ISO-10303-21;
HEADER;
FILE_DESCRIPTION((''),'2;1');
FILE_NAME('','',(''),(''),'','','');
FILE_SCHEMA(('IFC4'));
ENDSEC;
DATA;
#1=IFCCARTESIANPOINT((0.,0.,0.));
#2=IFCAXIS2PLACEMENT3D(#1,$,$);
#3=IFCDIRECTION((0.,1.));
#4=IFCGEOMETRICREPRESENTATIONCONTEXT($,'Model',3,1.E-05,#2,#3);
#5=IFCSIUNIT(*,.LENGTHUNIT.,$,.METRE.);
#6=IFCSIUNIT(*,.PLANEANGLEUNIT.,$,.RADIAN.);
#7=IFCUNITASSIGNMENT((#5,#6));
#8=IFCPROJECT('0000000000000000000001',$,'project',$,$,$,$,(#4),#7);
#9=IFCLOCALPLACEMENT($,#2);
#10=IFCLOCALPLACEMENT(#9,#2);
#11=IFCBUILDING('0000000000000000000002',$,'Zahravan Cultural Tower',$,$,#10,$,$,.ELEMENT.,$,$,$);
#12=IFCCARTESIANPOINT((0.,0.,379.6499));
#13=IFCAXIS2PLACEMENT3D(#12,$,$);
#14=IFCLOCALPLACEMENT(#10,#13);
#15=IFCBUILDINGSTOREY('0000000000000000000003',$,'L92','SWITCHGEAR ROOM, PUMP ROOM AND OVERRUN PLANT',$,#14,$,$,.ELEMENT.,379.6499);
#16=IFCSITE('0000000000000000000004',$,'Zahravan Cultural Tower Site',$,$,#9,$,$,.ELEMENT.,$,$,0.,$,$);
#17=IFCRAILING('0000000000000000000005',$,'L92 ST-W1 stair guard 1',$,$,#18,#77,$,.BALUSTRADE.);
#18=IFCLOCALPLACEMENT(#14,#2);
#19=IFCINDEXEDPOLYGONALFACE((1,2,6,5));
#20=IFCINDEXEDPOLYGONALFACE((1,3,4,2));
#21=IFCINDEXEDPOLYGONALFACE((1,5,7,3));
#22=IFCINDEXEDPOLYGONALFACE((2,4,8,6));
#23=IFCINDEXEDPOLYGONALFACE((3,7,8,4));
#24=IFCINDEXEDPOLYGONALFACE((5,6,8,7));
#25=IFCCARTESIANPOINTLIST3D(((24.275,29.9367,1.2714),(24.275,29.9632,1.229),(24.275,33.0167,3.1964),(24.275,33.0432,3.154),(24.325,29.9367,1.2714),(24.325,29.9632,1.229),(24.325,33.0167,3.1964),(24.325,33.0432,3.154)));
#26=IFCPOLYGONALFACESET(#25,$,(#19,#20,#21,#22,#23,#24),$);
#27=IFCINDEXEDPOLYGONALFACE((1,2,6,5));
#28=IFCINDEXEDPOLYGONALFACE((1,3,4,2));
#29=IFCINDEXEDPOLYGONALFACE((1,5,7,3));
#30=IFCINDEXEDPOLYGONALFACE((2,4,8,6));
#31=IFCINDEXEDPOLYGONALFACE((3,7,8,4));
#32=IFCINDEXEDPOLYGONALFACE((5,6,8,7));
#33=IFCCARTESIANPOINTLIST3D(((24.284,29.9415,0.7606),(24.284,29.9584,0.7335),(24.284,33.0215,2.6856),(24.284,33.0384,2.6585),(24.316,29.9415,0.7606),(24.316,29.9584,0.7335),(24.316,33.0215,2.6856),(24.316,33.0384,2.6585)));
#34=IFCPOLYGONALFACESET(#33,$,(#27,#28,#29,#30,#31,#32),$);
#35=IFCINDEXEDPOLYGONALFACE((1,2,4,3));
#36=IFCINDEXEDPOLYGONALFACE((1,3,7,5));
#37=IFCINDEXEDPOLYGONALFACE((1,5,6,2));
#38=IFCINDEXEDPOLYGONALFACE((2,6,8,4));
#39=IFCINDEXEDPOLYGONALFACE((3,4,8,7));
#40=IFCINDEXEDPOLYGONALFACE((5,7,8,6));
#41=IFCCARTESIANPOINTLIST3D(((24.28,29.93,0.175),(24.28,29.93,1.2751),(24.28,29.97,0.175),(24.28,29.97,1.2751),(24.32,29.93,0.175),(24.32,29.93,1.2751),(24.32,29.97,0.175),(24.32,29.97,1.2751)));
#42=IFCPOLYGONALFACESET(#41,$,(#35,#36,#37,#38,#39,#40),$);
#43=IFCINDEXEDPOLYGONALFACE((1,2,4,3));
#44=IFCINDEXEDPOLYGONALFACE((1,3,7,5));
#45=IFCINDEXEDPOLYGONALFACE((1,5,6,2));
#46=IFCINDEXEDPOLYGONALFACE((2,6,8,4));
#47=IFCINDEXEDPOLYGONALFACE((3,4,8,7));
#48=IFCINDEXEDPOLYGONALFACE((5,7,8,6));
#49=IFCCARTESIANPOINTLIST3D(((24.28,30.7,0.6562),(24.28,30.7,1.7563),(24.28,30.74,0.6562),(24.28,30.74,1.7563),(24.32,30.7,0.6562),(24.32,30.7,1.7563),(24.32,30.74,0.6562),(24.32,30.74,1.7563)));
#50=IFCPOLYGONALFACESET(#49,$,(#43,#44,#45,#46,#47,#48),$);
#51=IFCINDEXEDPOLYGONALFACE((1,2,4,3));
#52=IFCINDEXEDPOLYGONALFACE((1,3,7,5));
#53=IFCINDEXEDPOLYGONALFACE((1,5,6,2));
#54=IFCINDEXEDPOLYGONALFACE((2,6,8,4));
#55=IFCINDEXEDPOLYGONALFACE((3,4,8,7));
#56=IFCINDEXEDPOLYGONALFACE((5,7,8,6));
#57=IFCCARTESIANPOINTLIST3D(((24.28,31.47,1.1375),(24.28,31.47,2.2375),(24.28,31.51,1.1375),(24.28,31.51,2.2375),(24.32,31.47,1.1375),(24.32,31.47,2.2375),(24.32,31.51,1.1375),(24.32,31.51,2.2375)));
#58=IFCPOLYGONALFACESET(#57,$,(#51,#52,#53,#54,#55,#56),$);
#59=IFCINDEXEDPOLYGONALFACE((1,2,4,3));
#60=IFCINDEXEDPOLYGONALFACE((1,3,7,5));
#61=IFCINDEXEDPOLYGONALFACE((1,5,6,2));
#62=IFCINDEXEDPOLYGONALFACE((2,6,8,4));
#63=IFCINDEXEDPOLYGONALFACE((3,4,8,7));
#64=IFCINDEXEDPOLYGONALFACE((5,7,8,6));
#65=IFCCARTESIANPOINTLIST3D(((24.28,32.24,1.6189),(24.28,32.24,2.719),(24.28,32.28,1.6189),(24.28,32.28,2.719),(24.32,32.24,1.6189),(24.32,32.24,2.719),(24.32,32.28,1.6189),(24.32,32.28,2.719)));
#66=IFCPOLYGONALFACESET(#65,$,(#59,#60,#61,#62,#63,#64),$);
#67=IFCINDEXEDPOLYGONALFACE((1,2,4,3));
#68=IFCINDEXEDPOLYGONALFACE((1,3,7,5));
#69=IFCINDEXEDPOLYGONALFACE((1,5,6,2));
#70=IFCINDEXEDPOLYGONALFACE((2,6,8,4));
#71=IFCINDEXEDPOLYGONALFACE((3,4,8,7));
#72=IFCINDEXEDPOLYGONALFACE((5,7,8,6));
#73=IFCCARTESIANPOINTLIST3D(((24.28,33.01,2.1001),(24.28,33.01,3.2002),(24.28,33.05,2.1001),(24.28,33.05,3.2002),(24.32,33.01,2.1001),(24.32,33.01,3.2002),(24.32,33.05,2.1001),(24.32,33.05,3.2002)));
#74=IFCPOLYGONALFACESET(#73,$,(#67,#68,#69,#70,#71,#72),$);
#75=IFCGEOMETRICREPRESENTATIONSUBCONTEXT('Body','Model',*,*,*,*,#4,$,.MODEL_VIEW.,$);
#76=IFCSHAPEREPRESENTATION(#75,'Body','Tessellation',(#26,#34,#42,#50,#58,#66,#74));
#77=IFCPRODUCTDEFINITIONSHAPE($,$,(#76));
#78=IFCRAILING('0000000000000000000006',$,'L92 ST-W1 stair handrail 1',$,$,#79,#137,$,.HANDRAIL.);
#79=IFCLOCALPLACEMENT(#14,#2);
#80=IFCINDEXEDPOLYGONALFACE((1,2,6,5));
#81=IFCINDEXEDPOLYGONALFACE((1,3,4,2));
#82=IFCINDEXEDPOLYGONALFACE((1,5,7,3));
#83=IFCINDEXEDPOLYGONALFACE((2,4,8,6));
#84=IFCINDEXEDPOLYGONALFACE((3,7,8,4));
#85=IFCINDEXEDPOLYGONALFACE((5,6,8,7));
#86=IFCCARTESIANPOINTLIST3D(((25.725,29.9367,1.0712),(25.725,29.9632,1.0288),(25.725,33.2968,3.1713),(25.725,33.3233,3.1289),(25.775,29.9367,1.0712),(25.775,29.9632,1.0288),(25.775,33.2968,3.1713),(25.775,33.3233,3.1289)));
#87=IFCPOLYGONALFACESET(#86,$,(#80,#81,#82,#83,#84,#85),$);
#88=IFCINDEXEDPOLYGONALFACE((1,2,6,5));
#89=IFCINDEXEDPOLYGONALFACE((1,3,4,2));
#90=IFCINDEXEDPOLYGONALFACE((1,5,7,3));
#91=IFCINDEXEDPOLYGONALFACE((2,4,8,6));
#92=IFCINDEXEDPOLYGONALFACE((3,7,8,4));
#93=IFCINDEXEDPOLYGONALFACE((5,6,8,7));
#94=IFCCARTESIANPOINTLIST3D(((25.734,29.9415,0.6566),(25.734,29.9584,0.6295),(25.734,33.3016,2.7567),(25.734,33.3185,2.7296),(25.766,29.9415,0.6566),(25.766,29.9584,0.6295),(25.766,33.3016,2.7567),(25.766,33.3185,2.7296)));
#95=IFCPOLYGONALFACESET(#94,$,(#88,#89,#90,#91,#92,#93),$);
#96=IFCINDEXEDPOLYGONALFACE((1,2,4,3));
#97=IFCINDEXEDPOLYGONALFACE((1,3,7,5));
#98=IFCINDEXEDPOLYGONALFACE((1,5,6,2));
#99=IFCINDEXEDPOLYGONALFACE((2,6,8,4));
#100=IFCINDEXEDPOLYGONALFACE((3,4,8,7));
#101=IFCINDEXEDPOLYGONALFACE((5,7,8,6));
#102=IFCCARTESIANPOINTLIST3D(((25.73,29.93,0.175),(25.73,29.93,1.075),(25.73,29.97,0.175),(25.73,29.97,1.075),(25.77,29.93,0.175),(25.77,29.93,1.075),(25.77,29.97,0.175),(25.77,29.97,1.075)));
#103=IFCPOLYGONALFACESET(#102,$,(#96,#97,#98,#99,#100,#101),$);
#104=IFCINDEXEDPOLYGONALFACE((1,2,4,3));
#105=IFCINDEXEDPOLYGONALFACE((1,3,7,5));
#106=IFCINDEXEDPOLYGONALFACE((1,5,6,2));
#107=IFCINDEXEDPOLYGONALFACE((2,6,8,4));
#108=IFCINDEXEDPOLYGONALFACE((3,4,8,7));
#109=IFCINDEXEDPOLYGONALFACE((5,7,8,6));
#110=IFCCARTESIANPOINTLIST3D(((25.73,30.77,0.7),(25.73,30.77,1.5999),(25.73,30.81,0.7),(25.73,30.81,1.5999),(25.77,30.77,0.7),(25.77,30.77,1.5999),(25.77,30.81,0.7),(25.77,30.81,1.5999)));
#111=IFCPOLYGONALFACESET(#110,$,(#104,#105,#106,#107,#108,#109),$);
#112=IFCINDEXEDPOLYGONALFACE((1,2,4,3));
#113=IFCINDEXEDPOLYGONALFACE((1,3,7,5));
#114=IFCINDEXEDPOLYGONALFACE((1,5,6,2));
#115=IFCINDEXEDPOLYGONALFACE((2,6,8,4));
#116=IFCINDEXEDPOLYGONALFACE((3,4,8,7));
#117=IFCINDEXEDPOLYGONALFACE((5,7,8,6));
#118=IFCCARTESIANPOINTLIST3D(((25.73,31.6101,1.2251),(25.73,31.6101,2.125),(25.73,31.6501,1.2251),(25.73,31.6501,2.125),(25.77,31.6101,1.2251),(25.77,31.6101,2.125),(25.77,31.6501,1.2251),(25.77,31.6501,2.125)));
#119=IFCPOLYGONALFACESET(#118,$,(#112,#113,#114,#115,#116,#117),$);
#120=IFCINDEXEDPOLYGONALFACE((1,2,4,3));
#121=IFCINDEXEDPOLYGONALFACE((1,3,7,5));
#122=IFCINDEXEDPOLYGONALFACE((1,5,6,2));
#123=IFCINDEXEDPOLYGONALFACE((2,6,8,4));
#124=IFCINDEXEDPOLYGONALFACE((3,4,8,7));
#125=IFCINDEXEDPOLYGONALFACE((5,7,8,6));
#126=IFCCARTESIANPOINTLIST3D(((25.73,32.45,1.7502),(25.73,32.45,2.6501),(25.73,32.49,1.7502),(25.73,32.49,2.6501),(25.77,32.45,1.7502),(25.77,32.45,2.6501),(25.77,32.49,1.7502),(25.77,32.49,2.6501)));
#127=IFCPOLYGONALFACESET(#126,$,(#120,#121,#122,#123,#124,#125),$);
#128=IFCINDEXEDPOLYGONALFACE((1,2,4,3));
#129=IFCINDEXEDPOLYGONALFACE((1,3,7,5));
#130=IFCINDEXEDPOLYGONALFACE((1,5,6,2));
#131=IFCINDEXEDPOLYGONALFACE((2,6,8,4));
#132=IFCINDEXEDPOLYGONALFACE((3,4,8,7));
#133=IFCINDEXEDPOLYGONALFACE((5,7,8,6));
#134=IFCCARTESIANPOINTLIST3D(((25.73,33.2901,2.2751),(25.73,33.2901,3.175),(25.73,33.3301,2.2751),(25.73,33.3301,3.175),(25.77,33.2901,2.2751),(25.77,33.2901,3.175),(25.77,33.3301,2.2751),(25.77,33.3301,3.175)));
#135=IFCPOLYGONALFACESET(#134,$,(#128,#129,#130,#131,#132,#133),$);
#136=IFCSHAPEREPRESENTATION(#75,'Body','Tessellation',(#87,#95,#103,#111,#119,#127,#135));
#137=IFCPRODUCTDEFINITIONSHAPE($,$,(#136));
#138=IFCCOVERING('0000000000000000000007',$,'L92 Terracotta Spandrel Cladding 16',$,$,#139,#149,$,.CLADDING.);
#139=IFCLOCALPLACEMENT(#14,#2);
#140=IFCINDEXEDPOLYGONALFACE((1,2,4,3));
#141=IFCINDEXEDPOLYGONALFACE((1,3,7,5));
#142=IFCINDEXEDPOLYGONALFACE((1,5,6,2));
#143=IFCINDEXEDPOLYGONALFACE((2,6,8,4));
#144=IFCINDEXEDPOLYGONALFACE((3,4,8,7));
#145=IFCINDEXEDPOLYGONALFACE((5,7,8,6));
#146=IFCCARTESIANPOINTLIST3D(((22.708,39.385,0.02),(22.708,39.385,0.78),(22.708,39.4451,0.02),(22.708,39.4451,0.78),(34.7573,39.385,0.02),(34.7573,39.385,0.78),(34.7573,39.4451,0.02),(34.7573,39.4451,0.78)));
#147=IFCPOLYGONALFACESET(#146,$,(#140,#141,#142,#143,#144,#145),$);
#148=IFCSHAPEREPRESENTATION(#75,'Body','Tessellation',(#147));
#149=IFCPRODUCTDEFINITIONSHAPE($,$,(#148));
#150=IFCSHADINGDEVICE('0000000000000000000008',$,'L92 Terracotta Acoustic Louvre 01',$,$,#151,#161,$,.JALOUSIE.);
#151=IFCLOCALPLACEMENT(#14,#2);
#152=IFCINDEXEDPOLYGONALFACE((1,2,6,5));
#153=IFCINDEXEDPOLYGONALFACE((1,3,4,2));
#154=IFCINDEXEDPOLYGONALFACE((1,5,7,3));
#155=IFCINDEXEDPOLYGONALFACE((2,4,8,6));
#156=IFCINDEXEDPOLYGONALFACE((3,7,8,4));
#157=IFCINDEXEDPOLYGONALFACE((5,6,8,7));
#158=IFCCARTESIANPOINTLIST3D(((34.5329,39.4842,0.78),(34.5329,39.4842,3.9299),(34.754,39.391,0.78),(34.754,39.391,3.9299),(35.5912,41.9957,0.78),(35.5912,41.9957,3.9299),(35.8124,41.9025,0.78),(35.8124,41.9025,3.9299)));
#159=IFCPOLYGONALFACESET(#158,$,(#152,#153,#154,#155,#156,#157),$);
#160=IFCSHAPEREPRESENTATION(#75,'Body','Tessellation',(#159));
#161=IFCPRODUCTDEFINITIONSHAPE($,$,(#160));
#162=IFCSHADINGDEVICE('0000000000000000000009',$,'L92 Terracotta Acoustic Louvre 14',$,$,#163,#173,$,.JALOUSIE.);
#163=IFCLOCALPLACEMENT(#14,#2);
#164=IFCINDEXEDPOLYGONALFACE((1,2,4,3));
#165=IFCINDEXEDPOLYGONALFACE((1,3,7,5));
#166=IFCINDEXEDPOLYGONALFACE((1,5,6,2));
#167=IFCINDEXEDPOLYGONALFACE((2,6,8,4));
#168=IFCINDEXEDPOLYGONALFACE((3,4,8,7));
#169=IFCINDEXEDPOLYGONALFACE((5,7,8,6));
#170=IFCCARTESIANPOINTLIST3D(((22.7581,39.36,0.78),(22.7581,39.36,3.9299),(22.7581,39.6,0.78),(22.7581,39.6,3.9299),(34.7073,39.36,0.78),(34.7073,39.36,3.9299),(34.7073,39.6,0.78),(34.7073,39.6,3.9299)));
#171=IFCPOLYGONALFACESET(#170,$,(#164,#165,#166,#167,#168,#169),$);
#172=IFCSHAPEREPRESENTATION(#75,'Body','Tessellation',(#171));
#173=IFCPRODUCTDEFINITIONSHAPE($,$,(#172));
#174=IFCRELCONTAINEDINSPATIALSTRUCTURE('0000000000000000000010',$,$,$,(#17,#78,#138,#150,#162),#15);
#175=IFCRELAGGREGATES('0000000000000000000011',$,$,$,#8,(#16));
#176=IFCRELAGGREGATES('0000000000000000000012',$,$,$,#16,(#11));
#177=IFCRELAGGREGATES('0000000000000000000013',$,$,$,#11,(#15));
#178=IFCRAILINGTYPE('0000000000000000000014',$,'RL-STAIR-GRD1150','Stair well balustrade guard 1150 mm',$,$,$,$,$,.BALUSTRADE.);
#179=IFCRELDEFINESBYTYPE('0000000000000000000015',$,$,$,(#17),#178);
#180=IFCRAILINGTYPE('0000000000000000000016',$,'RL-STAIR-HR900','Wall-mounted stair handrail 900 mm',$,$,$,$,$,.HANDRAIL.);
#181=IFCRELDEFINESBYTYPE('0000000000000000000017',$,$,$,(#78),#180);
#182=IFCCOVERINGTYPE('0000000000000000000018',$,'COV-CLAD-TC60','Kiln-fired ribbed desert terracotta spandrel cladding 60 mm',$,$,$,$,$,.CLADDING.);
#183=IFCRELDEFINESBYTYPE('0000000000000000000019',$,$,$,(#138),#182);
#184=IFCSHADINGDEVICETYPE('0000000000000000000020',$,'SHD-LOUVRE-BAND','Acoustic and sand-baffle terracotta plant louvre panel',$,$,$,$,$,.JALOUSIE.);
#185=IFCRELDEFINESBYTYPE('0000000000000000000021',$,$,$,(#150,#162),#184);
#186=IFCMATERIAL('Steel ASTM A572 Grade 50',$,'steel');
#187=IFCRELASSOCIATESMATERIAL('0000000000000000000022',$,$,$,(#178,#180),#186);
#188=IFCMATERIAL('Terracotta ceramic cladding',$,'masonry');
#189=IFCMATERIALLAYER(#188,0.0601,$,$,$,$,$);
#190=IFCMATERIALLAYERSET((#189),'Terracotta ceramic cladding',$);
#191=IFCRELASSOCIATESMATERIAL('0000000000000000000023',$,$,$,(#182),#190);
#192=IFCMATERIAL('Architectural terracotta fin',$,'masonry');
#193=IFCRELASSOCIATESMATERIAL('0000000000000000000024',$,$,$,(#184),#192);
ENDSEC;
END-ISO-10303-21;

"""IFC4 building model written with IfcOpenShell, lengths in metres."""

from ifc_helpers import new_model, si_unit, direction, frame, origin, origin_2d, place, context, subcontext, project, spatial, rectangle, extrude, source, transform, mapped, material, layer, layer_set, type_object, element, save


model = new_model("IFC4")

# Units and contexts
model_context = context("Model", 3, precision=1e-05, world=origin(), true_north=direction((0.0, 1.0)))
body_context = subcontext(model_context, "Body", "Model", "MODEL_VIEW")
ifc_project = project(units=[si_unit("LENGTHUNIT", "METRE"), si_unit("PLANEANGLEUNIT", "RADIAN")], contexts=[model_context])

# Site, building, storey
site_placement = place(None, origin())
site = spatial("IfcSite", under=ifc_project, at=site_placement, Name="Zahravan Cultural Tower Site", CompositionType="ELEMENT", RefElevation=0.0)
building_placement = place(site_placement, origin())
building = spatial("IfcBuilding", under=site, at=building_placement, Name="Zahravan Cultural Tower", CompositionType="ELEMENT")
storey_placement = place(building_placement, frame((0.0, 0.0, 379.6499)))
storey = spatial("IfcBuildingStorey", under=building, at=storey_placement, Name="L92", Description="SWITCHGEAR ROOM, PUMP ROOM AND OVERRUN PLANT", CompositionType="ELEMENT", Elevation=379.6499)

# Shared definitions
ifc_material_1 = material(Name="Steel ASTM A572 Grade 50", Category="steel")

# Railings
railing_type_1 = type_object("IfcRailingType", Name="RL-STAIR-GRD1150", Description="Stair well balustrade guard 1150 mm", PredefinedType="BALUSTRADE", material=ifc_material_1)
railing_1_placement = place(storey_placement, frame((24.3, 29.95, 0.175)))
element("IfcRailing", 1, at=railing_1_placement, inside=storey, type_object=railing_type_1, Name="L92 ST-W1 stair guard 1", PredefinedType="BALUSTRADE", context=body_context, shape_type="SweptSolid", body=[
    extrude(rectangle(XDim=0.05, YDim=0.05, at=origin_2d()), frame((0.0, 0.0, 1.0752), z_axis=(0.0, 0.847998, 0.529999), x_axis=(-1.0, 0.0, 0.0)), (0.0, 0.0, 1.0), 3.6321),
    extrude(rectangle(XDim=0.032, YDim=0.032, at=origin_2d()), frame((0.0, 0.0, 0.572), z_axis=(0.0, 0.847998, 0.529999), x_axis=(-1.0, 0.0, 0.0)), (0.0, 0.0, 1.0), 3.6321),
    extrude(rectangle(XDim=0.04, YDim=0.04, at=origin_2d()), origin(), (0.0, 0.0, 1.0), 1.1001),
    extrude(rectangle(XDim=0.04, YDim=0.04, at=origin_2d()), frame((0.0, 0.77, 0.4812)), (0.0, 0.0, 1.0), 1.1001),
    extrude(rectangle(XDim=0.04, YDim=0.04, at=origin_2d()), frame((0.0, 1.54, 0.9624)), (0.0, 0.0, 1.0), 1.1001),
    extrude(rectangle(XDim=0.04, YDim=0.04, at=origin_2d()), frame((0.0, 2.3101, 1.4438)), (0.0, 0.0, 1.0), 1.1001),
    extrude(rectangle(XDim=0.04, YDim=0.04, at=origin_2d()), frame((0.0, 3.0801, 1.925)), (0.0, 0.0, 1.0), 1.1001),
])
railing_type_2 = type_object("IfcRailingType", Name="RL-STAIR-HR900", Description="Wall-mounted stair handrail 900 mm", PredefinedType="HANDRAIL", material=ifc_material_1)
railing_2_placement = place(storey_placement, frame((25.75, 29.95, 0.175)))
element("IfcRailing", 2, at=railing_2_placement, inside=storey, type_object=railing_type_2, Name="L92 ST-W1 stair handrail 1", PredefinedType="HANDRAIL", context=body_context, shape_type="SweptSolid", body=[
    extrude(rectangle(XDim=0.05, YDim=0.05, at=origin_2d()), frame((0.0, 0.0, 0.875), z_axis=(0.0, 0.847995, 0.530004), x_axis=(-1.0, 0.0, 0.0)), (0.0, 0.0, 1.0), 3.9624),
    extrude(rectangle(XDim=0.032, YDim=0.032, at=origin_2d()), frame((0.0, 0.0, 0.468), z_axis=(0.0, 0.847995, 0.530004), x_axis=(-1.0, 0.0, 0.0)), (0.0, 0.0, 1.0), 3.9624),
    extrude(rectangle(XDim=0.04, YDim=0.04, at=origin_2d()), origin(), (0.0, 0.0, 1.0), 0.8999),
    extrude(rectangle(XDim=0.04, YDim=0.04, at=origin_2d()), frame((0.0, 0.8401, 0.5249)), (0.0, 0.0, 1.0), 0.8999),
    extrude(rectangle(XDim=0.04, YDim=0.04, at=origin_2d()), frame((0.0, 1.6802, 1.05)), (0.0, 0.0, 1.0), 0.8999),
    extrude(rectangle(XDim=0.04, YDim=0.04, at=origin_2d()), frame((0.0, 2.52, 1.5752)), (0.0, 0.0, 1.0), 0.8999),
    extrude(rectangle(XDim=0.04, YDim=0.04, at=origin_2d()), frame((0.0, 3.3601, 2.1001)), (0.0, 0.0, 1.0), 0.8999),
])

# Covering
ifc_material_2 = material(Name="Terracotta ceramic cladding", Category="masonry")
ifc_layer_1 = layer(ifc_material_2, 0.0601)
ifc_layer_set_1 = layer_set([ifc_layer_1], Name="Terracotta ceramic cladding")
covering_type = type_object("IfcCoveringType", Name="COV-CLAD-TC60", Description="Kiln-fired ribbed desert terracotta spandrel cladding 60 mm", PredefinedType="CLADDING", material=ifc_layer_set_1)
shared_shape_1 = source(origin(), body_context, "Body", "SweptSolid", [
    extrude(rectangle(XDim=12.0493, YDim=0.0601, at=origin_2d()), origin(), (0.0, 0.0, 1.0), 0.76),
])
covering_placement = place(storey_placement, frame((28.7327, 39.415, 0.02), z_axis=(0.0, 0.0, 1.0), x_axis=(1.0, 0.0, 0.0)))
element("IfcCovering", 3, at=covering_placement, inside=storey, type_object=covering_type, Name="L92 Terracotta Spandrel Cladding 16", PredefinedType="CLADDING", context=body_context, shape_type="MappedRepresentation", body=[
    mapped(shared_shape_1, transform((0.0, 0.0, 0.0), x_axis=(1.0, 0.0, 0.0), y_axis=(0.0, 1.0, 0.0), z_axis=(0.0, 0.0, 1.0), scale=1.0)),
])

# Shading devices
ifc_material_3 = material(Name="Architectural terracotta fin", Category="masonry")
shading_device_type = type_object("IfcShadingDeviceType", Name="SHD-LOUVRE-BAND", Description="Acoustic and sand-baffle terracotta plant louvre panel", PredefinedType="JALOUSIE", material=ifc_material_3)
shared_shape_2 = source(origin(), body_context, "Body", "SweptSolid", [
    extrude(rectangle(XDim=2.7253, YDim=0.24, at=origin_2d()), origin(), (0.0, 0.0, 1.0), 3.1499),
])
shading_device_1_placement = place(storey_placement, frame((35.1726, 40.6934, 0.78), z_axis=(0.0, 0.0, 1.0), x_axis=(0.388336, 0.921518, 0.0)))
element("IfcShadingDevice", 4, at=shading_device_1_placement, inside=storey, type_object=shading_device_type, Name="L92 Terracotta Acoustic Louvre 01", PredefinedType="JALOUSIE", context=body_context, shape_type="MappedRepresentation", body=[
    mapped(shared_shape_2, transform((0.0, 0.0, 0.0), x_axis=(1.0, 0.0, 0.0), y_axis=(0.0, 1.0, 0.0), z_axis=(0.0, 0.0, 1.0), scale=1.0)),
])
shared_shape_3 = source(origin(), body_context, "Body", "SweptSolid", [
    extrude(rectangle(XDim=11.9492, YDim=0.24, at=origin_2d()), origin(), (0.0, 0.0, 1.0), 3.1499),
])
shading_device_2_placement = place(storey_placement, frame((28.7327, 39.48, 0.78), z_axis=(0.0, 0.0, 1.0), x_axis=(1.0, 0.0, 0.0)))
element("IfcShadingDevice", 5, at=shading_device_2_placement, inside=storey, type_object=shading_device_type, Name="L92 Terracotta Acoustic Louvre 14", PredefinedType="JALOUSIE", context=body_context, shape_type="MappedRepresentation", body=[
    mapped(shared_shape_3, transform((0.0, 0.0, 0.0), x_axis=(1.0, 0.0, 0.0), y_axis=(0.0, 1.0, 0.0), z_axis=(0.0, 0.0, 1.0), scale=1.0)),
])

save(model, "model.ifc")
